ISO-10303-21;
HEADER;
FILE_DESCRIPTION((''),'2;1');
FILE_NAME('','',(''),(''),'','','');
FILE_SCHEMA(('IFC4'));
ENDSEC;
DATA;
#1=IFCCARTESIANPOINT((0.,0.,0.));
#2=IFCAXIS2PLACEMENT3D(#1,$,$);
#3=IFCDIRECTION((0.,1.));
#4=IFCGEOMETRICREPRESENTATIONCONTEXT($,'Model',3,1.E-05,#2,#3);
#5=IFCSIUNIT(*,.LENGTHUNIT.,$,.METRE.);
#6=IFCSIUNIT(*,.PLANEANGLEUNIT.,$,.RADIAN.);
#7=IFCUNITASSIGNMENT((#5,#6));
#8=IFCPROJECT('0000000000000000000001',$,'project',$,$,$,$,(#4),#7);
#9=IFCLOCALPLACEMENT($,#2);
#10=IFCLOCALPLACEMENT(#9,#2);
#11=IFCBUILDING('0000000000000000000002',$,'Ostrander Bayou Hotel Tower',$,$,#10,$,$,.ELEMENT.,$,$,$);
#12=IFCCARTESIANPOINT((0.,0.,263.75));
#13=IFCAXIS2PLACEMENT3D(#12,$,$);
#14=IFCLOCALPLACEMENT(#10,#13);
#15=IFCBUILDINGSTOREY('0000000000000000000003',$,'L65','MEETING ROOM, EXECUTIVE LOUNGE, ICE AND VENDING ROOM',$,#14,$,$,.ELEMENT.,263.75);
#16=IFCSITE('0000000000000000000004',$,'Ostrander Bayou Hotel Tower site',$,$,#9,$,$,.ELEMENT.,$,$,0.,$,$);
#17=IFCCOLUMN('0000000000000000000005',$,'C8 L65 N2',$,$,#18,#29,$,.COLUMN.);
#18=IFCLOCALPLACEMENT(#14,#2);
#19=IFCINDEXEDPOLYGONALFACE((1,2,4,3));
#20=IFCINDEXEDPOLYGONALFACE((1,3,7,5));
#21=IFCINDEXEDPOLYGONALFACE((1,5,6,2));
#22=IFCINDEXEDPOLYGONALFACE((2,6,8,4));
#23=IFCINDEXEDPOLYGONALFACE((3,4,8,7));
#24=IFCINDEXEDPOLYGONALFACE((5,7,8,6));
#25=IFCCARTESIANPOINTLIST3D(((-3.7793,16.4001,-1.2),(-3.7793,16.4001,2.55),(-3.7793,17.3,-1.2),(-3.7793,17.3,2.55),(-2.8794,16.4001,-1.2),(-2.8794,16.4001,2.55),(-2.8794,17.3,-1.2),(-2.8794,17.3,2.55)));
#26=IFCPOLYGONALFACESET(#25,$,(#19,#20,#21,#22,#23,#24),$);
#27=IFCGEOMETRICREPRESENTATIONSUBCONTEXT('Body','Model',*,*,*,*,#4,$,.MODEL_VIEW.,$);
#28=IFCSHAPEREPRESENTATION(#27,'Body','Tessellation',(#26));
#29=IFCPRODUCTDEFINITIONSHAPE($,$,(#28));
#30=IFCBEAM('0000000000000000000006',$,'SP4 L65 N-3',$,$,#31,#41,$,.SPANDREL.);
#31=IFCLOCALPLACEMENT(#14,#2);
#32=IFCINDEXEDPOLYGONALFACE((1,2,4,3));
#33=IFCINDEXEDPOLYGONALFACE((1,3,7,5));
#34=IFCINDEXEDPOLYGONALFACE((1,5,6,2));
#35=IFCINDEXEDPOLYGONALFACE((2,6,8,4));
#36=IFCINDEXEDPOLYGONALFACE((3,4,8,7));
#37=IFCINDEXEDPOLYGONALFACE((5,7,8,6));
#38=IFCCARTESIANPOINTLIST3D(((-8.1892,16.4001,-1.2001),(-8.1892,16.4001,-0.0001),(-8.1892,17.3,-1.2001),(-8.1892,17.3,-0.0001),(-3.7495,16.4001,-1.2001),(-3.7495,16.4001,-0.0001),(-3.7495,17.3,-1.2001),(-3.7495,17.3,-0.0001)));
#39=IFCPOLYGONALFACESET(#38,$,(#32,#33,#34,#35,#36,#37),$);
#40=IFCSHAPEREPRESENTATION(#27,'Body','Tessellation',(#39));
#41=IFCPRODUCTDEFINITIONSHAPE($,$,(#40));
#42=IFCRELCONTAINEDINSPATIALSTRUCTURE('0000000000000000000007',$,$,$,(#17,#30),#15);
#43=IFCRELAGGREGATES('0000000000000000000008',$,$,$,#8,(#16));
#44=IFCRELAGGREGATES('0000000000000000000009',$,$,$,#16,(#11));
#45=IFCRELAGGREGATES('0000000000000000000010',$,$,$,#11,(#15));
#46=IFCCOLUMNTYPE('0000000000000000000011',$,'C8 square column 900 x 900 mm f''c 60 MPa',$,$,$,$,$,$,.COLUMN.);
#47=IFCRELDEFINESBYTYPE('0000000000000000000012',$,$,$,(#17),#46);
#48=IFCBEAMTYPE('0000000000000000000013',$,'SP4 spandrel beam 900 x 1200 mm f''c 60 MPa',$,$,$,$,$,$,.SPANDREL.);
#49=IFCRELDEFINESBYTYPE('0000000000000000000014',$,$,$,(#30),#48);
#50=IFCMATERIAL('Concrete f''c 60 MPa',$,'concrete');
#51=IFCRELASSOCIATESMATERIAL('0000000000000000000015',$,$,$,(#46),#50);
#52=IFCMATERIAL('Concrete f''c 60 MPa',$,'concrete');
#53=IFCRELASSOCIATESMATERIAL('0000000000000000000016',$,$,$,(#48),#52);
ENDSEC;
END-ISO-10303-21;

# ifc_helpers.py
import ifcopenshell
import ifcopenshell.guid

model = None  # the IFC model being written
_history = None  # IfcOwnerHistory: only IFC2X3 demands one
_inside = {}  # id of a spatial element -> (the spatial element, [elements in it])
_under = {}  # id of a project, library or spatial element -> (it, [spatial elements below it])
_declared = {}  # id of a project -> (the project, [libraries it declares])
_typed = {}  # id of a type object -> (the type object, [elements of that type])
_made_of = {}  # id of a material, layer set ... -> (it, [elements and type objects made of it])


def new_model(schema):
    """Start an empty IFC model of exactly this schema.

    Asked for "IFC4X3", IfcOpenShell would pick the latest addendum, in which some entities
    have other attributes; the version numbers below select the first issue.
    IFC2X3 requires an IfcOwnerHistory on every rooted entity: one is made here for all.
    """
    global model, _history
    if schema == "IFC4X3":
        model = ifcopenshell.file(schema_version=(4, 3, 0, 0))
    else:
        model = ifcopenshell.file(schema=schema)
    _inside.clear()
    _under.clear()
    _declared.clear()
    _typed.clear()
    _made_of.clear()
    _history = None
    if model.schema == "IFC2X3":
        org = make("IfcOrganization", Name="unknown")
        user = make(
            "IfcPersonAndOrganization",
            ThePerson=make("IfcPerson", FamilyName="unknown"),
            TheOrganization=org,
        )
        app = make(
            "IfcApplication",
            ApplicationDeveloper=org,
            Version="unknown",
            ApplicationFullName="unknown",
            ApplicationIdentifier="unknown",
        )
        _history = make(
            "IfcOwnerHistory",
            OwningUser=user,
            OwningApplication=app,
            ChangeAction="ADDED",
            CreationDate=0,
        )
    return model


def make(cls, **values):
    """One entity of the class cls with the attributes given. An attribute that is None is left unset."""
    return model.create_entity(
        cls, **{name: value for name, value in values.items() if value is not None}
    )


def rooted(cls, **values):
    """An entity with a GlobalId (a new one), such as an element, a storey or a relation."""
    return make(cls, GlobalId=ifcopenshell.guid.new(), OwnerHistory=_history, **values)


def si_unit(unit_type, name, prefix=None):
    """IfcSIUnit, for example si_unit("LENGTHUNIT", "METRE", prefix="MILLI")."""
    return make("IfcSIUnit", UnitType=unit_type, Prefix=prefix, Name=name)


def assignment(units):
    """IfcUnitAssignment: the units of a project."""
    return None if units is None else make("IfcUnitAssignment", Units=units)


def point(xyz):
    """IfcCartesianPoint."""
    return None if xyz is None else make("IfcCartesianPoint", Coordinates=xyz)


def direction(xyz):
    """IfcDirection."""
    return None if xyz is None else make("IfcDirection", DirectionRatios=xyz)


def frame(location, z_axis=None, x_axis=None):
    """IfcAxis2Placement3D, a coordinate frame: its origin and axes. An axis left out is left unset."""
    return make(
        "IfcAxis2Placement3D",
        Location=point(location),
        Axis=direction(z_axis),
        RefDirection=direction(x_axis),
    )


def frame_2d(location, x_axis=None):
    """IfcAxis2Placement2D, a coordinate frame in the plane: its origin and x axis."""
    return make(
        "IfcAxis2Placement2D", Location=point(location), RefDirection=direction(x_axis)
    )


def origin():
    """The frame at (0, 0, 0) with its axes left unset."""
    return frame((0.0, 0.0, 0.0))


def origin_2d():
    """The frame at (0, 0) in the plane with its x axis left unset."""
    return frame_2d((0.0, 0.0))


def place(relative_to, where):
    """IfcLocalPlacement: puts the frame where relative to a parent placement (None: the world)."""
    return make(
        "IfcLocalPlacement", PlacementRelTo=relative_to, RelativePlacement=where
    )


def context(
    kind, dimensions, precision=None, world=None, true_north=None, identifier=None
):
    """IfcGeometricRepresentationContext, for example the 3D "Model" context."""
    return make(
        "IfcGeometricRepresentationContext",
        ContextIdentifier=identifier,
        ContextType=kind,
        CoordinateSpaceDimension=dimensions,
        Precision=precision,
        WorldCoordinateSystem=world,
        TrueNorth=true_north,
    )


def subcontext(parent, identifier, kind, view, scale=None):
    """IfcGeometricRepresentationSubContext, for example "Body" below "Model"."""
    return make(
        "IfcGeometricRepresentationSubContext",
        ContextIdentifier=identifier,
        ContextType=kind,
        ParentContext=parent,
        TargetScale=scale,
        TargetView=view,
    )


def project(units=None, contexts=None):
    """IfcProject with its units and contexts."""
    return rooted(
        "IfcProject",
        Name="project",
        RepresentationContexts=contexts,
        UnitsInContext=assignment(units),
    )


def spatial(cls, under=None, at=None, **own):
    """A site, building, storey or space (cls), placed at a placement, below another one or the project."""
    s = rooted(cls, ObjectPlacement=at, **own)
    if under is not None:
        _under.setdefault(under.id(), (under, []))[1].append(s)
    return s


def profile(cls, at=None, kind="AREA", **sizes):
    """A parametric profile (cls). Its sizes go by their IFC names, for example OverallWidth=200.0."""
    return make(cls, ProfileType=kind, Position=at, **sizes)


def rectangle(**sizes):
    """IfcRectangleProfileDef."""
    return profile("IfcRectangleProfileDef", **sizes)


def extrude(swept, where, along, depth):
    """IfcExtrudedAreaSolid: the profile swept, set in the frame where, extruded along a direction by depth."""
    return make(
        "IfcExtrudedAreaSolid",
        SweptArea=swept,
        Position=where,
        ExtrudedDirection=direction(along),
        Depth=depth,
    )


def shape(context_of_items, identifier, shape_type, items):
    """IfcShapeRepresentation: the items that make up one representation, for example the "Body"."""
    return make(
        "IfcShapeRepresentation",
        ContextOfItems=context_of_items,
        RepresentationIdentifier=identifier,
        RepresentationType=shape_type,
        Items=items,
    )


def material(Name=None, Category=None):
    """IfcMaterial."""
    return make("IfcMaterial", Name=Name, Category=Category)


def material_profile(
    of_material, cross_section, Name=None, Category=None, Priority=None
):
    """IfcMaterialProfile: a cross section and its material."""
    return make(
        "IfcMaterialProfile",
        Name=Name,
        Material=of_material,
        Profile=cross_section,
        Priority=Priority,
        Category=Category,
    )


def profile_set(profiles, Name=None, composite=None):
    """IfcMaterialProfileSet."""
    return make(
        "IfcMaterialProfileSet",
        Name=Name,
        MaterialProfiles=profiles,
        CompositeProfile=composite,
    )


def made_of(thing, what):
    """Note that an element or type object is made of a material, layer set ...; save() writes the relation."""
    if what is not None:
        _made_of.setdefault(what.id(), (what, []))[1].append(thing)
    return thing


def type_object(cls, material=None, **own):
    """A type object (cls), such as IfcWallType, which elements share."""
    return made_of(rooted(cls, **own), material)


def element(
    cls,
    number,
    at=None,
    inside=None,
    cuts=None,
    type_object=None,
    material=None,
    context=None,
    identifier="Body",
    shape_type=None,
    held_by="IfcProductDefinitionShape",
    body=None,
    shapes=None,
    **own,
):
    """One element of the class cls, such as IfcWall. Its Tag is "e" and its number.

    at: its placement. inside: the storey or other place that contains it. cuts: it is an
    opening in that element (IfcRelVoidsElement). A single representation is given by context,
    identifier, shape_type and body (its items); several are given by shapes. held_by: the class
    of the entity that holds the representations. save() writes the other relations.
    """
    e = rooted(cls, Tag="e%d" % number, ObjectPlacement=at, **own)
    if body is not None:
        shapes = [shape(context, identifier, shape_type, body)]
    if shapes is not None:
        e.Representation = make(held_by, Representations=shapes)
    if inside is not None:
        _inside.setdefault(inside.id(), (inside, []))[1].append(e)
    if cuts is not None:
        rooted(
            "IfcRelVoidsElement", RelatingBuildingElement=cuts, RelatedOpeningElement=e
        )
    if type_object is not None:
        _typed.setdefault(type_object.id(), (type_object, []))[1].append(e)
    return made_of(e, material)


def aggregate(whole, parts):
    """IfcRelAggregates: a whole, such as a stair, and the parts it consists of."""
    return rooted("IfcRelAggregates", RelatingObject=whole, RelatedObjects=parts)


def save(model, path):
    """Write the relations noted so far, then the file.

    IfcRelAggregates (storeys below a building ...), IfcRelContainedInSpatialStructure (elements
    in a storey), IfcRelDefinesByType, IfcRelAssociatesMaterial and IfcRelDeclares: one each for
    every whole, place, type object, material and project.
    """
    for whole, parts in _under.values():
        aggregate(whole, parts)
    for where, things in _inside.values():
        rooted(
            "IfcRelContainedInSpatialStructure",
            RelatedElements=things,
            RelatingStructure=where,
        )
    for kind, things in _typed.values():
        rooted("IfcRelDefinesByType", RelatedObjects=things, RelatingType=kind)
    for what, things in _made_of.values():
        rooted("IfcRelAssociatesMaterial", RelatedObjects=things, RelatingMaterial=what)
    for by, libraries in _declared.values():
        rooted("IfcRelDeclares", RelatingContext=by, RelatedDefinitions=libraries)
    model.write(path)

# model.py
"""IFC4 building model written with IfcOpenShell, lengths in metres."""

from ifc_helpers import new_model, si_unit, direction, frame, origin, origin_2d, place, context, subcontext, project, spatial, rectangle, extrude, material, material_profile, profile_set, type_object, element, save


model = new_model("IFC4")

# Units and contexts
model_context = context("Model", 3, precision=1e-05, world=origin(), true_north=direction((0.0, 1.0)))
body_context = subcontext(model_context, "Body", "Model", "MODEL_VIEW")
ifc_project = project(units=[si_unit("LENGTHUNIT", "METRE"), si_unit("PLANEANGLEUNIT", "RADIAN")], contexts=[model_context])

# Site, building, storey
site_placement = place(None, origin())
site = spatial("IfcSite", under=ifc_project, at=site_placement, Name="Ostrander Bayou Hotel Tower site", CompositionType="ELEMENT", RefElevation=0.0)
building_placement = place(site_placement, origin())
building = spatial("IfcBuilding", under=site, at=building_placement, Name="Ostrander Bayou Hotel Tower", CompositionType="ELEMENT")
storey_placement = place(building_placement, frame((0.0, 0.0, 263.75)))
storey = spatial("IfcBuildingStorey", under=building, at=storey_placement, Name="L65", Description="MEETING ROOM, EXECUTIVE LOUNGE, ICE AND VENDING ROOM", CompositionType="ELEMENT", Elevation=263.75)

# Column
ifc_material_1 = material(Name="Concrete f'c 60 MPa", Category="concrete")
ifc_material_profile_1 = material_profile(ifc_material_1, rectangle(XDim=0.8999, YDim=0.8999, at=origin_2d()))
ifc_profile_set_1 = profile_set([ifc_material_profile_1], Name="Concrete f'c 60 MPa")
column_type = type_object("IfcColumnType", Name="C8 square column 900 x 900 mm f'c 60 MPa", PredefinedType="COLUMN", material=ifc_profile_set_1)
column_placement = place(storey_placement, frame((-3.3293, 16.8501, -1.2), z_axis=(0.0, 0.0, 1.0), x_axis=(1.0, 0.0, 0.0)))
element("IfcColumn", 1, at=column_placement, inside=storey, type_object=column_type, Name="C8 L65 N2", PredefinedType="COLUMN", context=body_context, shape_type="SweptSolid", body=[
    extrude(rectangle(XDim=0.8999, YDim=0.8999, at=origin_2d()), origin(), (0.0, 0.0, 1.0), 3.75),
])

# Beam
ifc_material_2 = material(Name="Concrete f'c 60 MPa", Category="concrete")
ifc_material_profile_2 = material_profile(ifc_material_2, rectangle(XDim=0.8999, YDim=1.2, at=origin_2d()))
ifc_profile_set_2 = profile_set([ifc_material_profile_2], Name="Concrete f'c 60 MPa")
beam_type = type_object("IfcBeamType", Name="SP4 spandrel beam 900 x 1200 mm f'c 60 MPa", PredefinedType="SPANDREL", material=ifc_profile_set_2)
beam_placement = place(storey_placement, frame((-3.7495, 16.8501, -0.6001), z_axis=(-1.0, 0.0, 0.0), x_axis=(0.0, -1.0, 0.0)))
element("IfcBeam", 2, at=beam_placement, inside=storey, type_object=beam_type, Name="SP4 L65 N-3", PredefinedType="SPANDREL", context=body_context, shape_type="SweptSolid", body=[
    extrude(rectangle(XDim=0.8999, YDim=1.2, at=origin_2d()), origin(), (0.0, 0.0, 1.0), 4.4397),
])

save(model, "model.ifc")
